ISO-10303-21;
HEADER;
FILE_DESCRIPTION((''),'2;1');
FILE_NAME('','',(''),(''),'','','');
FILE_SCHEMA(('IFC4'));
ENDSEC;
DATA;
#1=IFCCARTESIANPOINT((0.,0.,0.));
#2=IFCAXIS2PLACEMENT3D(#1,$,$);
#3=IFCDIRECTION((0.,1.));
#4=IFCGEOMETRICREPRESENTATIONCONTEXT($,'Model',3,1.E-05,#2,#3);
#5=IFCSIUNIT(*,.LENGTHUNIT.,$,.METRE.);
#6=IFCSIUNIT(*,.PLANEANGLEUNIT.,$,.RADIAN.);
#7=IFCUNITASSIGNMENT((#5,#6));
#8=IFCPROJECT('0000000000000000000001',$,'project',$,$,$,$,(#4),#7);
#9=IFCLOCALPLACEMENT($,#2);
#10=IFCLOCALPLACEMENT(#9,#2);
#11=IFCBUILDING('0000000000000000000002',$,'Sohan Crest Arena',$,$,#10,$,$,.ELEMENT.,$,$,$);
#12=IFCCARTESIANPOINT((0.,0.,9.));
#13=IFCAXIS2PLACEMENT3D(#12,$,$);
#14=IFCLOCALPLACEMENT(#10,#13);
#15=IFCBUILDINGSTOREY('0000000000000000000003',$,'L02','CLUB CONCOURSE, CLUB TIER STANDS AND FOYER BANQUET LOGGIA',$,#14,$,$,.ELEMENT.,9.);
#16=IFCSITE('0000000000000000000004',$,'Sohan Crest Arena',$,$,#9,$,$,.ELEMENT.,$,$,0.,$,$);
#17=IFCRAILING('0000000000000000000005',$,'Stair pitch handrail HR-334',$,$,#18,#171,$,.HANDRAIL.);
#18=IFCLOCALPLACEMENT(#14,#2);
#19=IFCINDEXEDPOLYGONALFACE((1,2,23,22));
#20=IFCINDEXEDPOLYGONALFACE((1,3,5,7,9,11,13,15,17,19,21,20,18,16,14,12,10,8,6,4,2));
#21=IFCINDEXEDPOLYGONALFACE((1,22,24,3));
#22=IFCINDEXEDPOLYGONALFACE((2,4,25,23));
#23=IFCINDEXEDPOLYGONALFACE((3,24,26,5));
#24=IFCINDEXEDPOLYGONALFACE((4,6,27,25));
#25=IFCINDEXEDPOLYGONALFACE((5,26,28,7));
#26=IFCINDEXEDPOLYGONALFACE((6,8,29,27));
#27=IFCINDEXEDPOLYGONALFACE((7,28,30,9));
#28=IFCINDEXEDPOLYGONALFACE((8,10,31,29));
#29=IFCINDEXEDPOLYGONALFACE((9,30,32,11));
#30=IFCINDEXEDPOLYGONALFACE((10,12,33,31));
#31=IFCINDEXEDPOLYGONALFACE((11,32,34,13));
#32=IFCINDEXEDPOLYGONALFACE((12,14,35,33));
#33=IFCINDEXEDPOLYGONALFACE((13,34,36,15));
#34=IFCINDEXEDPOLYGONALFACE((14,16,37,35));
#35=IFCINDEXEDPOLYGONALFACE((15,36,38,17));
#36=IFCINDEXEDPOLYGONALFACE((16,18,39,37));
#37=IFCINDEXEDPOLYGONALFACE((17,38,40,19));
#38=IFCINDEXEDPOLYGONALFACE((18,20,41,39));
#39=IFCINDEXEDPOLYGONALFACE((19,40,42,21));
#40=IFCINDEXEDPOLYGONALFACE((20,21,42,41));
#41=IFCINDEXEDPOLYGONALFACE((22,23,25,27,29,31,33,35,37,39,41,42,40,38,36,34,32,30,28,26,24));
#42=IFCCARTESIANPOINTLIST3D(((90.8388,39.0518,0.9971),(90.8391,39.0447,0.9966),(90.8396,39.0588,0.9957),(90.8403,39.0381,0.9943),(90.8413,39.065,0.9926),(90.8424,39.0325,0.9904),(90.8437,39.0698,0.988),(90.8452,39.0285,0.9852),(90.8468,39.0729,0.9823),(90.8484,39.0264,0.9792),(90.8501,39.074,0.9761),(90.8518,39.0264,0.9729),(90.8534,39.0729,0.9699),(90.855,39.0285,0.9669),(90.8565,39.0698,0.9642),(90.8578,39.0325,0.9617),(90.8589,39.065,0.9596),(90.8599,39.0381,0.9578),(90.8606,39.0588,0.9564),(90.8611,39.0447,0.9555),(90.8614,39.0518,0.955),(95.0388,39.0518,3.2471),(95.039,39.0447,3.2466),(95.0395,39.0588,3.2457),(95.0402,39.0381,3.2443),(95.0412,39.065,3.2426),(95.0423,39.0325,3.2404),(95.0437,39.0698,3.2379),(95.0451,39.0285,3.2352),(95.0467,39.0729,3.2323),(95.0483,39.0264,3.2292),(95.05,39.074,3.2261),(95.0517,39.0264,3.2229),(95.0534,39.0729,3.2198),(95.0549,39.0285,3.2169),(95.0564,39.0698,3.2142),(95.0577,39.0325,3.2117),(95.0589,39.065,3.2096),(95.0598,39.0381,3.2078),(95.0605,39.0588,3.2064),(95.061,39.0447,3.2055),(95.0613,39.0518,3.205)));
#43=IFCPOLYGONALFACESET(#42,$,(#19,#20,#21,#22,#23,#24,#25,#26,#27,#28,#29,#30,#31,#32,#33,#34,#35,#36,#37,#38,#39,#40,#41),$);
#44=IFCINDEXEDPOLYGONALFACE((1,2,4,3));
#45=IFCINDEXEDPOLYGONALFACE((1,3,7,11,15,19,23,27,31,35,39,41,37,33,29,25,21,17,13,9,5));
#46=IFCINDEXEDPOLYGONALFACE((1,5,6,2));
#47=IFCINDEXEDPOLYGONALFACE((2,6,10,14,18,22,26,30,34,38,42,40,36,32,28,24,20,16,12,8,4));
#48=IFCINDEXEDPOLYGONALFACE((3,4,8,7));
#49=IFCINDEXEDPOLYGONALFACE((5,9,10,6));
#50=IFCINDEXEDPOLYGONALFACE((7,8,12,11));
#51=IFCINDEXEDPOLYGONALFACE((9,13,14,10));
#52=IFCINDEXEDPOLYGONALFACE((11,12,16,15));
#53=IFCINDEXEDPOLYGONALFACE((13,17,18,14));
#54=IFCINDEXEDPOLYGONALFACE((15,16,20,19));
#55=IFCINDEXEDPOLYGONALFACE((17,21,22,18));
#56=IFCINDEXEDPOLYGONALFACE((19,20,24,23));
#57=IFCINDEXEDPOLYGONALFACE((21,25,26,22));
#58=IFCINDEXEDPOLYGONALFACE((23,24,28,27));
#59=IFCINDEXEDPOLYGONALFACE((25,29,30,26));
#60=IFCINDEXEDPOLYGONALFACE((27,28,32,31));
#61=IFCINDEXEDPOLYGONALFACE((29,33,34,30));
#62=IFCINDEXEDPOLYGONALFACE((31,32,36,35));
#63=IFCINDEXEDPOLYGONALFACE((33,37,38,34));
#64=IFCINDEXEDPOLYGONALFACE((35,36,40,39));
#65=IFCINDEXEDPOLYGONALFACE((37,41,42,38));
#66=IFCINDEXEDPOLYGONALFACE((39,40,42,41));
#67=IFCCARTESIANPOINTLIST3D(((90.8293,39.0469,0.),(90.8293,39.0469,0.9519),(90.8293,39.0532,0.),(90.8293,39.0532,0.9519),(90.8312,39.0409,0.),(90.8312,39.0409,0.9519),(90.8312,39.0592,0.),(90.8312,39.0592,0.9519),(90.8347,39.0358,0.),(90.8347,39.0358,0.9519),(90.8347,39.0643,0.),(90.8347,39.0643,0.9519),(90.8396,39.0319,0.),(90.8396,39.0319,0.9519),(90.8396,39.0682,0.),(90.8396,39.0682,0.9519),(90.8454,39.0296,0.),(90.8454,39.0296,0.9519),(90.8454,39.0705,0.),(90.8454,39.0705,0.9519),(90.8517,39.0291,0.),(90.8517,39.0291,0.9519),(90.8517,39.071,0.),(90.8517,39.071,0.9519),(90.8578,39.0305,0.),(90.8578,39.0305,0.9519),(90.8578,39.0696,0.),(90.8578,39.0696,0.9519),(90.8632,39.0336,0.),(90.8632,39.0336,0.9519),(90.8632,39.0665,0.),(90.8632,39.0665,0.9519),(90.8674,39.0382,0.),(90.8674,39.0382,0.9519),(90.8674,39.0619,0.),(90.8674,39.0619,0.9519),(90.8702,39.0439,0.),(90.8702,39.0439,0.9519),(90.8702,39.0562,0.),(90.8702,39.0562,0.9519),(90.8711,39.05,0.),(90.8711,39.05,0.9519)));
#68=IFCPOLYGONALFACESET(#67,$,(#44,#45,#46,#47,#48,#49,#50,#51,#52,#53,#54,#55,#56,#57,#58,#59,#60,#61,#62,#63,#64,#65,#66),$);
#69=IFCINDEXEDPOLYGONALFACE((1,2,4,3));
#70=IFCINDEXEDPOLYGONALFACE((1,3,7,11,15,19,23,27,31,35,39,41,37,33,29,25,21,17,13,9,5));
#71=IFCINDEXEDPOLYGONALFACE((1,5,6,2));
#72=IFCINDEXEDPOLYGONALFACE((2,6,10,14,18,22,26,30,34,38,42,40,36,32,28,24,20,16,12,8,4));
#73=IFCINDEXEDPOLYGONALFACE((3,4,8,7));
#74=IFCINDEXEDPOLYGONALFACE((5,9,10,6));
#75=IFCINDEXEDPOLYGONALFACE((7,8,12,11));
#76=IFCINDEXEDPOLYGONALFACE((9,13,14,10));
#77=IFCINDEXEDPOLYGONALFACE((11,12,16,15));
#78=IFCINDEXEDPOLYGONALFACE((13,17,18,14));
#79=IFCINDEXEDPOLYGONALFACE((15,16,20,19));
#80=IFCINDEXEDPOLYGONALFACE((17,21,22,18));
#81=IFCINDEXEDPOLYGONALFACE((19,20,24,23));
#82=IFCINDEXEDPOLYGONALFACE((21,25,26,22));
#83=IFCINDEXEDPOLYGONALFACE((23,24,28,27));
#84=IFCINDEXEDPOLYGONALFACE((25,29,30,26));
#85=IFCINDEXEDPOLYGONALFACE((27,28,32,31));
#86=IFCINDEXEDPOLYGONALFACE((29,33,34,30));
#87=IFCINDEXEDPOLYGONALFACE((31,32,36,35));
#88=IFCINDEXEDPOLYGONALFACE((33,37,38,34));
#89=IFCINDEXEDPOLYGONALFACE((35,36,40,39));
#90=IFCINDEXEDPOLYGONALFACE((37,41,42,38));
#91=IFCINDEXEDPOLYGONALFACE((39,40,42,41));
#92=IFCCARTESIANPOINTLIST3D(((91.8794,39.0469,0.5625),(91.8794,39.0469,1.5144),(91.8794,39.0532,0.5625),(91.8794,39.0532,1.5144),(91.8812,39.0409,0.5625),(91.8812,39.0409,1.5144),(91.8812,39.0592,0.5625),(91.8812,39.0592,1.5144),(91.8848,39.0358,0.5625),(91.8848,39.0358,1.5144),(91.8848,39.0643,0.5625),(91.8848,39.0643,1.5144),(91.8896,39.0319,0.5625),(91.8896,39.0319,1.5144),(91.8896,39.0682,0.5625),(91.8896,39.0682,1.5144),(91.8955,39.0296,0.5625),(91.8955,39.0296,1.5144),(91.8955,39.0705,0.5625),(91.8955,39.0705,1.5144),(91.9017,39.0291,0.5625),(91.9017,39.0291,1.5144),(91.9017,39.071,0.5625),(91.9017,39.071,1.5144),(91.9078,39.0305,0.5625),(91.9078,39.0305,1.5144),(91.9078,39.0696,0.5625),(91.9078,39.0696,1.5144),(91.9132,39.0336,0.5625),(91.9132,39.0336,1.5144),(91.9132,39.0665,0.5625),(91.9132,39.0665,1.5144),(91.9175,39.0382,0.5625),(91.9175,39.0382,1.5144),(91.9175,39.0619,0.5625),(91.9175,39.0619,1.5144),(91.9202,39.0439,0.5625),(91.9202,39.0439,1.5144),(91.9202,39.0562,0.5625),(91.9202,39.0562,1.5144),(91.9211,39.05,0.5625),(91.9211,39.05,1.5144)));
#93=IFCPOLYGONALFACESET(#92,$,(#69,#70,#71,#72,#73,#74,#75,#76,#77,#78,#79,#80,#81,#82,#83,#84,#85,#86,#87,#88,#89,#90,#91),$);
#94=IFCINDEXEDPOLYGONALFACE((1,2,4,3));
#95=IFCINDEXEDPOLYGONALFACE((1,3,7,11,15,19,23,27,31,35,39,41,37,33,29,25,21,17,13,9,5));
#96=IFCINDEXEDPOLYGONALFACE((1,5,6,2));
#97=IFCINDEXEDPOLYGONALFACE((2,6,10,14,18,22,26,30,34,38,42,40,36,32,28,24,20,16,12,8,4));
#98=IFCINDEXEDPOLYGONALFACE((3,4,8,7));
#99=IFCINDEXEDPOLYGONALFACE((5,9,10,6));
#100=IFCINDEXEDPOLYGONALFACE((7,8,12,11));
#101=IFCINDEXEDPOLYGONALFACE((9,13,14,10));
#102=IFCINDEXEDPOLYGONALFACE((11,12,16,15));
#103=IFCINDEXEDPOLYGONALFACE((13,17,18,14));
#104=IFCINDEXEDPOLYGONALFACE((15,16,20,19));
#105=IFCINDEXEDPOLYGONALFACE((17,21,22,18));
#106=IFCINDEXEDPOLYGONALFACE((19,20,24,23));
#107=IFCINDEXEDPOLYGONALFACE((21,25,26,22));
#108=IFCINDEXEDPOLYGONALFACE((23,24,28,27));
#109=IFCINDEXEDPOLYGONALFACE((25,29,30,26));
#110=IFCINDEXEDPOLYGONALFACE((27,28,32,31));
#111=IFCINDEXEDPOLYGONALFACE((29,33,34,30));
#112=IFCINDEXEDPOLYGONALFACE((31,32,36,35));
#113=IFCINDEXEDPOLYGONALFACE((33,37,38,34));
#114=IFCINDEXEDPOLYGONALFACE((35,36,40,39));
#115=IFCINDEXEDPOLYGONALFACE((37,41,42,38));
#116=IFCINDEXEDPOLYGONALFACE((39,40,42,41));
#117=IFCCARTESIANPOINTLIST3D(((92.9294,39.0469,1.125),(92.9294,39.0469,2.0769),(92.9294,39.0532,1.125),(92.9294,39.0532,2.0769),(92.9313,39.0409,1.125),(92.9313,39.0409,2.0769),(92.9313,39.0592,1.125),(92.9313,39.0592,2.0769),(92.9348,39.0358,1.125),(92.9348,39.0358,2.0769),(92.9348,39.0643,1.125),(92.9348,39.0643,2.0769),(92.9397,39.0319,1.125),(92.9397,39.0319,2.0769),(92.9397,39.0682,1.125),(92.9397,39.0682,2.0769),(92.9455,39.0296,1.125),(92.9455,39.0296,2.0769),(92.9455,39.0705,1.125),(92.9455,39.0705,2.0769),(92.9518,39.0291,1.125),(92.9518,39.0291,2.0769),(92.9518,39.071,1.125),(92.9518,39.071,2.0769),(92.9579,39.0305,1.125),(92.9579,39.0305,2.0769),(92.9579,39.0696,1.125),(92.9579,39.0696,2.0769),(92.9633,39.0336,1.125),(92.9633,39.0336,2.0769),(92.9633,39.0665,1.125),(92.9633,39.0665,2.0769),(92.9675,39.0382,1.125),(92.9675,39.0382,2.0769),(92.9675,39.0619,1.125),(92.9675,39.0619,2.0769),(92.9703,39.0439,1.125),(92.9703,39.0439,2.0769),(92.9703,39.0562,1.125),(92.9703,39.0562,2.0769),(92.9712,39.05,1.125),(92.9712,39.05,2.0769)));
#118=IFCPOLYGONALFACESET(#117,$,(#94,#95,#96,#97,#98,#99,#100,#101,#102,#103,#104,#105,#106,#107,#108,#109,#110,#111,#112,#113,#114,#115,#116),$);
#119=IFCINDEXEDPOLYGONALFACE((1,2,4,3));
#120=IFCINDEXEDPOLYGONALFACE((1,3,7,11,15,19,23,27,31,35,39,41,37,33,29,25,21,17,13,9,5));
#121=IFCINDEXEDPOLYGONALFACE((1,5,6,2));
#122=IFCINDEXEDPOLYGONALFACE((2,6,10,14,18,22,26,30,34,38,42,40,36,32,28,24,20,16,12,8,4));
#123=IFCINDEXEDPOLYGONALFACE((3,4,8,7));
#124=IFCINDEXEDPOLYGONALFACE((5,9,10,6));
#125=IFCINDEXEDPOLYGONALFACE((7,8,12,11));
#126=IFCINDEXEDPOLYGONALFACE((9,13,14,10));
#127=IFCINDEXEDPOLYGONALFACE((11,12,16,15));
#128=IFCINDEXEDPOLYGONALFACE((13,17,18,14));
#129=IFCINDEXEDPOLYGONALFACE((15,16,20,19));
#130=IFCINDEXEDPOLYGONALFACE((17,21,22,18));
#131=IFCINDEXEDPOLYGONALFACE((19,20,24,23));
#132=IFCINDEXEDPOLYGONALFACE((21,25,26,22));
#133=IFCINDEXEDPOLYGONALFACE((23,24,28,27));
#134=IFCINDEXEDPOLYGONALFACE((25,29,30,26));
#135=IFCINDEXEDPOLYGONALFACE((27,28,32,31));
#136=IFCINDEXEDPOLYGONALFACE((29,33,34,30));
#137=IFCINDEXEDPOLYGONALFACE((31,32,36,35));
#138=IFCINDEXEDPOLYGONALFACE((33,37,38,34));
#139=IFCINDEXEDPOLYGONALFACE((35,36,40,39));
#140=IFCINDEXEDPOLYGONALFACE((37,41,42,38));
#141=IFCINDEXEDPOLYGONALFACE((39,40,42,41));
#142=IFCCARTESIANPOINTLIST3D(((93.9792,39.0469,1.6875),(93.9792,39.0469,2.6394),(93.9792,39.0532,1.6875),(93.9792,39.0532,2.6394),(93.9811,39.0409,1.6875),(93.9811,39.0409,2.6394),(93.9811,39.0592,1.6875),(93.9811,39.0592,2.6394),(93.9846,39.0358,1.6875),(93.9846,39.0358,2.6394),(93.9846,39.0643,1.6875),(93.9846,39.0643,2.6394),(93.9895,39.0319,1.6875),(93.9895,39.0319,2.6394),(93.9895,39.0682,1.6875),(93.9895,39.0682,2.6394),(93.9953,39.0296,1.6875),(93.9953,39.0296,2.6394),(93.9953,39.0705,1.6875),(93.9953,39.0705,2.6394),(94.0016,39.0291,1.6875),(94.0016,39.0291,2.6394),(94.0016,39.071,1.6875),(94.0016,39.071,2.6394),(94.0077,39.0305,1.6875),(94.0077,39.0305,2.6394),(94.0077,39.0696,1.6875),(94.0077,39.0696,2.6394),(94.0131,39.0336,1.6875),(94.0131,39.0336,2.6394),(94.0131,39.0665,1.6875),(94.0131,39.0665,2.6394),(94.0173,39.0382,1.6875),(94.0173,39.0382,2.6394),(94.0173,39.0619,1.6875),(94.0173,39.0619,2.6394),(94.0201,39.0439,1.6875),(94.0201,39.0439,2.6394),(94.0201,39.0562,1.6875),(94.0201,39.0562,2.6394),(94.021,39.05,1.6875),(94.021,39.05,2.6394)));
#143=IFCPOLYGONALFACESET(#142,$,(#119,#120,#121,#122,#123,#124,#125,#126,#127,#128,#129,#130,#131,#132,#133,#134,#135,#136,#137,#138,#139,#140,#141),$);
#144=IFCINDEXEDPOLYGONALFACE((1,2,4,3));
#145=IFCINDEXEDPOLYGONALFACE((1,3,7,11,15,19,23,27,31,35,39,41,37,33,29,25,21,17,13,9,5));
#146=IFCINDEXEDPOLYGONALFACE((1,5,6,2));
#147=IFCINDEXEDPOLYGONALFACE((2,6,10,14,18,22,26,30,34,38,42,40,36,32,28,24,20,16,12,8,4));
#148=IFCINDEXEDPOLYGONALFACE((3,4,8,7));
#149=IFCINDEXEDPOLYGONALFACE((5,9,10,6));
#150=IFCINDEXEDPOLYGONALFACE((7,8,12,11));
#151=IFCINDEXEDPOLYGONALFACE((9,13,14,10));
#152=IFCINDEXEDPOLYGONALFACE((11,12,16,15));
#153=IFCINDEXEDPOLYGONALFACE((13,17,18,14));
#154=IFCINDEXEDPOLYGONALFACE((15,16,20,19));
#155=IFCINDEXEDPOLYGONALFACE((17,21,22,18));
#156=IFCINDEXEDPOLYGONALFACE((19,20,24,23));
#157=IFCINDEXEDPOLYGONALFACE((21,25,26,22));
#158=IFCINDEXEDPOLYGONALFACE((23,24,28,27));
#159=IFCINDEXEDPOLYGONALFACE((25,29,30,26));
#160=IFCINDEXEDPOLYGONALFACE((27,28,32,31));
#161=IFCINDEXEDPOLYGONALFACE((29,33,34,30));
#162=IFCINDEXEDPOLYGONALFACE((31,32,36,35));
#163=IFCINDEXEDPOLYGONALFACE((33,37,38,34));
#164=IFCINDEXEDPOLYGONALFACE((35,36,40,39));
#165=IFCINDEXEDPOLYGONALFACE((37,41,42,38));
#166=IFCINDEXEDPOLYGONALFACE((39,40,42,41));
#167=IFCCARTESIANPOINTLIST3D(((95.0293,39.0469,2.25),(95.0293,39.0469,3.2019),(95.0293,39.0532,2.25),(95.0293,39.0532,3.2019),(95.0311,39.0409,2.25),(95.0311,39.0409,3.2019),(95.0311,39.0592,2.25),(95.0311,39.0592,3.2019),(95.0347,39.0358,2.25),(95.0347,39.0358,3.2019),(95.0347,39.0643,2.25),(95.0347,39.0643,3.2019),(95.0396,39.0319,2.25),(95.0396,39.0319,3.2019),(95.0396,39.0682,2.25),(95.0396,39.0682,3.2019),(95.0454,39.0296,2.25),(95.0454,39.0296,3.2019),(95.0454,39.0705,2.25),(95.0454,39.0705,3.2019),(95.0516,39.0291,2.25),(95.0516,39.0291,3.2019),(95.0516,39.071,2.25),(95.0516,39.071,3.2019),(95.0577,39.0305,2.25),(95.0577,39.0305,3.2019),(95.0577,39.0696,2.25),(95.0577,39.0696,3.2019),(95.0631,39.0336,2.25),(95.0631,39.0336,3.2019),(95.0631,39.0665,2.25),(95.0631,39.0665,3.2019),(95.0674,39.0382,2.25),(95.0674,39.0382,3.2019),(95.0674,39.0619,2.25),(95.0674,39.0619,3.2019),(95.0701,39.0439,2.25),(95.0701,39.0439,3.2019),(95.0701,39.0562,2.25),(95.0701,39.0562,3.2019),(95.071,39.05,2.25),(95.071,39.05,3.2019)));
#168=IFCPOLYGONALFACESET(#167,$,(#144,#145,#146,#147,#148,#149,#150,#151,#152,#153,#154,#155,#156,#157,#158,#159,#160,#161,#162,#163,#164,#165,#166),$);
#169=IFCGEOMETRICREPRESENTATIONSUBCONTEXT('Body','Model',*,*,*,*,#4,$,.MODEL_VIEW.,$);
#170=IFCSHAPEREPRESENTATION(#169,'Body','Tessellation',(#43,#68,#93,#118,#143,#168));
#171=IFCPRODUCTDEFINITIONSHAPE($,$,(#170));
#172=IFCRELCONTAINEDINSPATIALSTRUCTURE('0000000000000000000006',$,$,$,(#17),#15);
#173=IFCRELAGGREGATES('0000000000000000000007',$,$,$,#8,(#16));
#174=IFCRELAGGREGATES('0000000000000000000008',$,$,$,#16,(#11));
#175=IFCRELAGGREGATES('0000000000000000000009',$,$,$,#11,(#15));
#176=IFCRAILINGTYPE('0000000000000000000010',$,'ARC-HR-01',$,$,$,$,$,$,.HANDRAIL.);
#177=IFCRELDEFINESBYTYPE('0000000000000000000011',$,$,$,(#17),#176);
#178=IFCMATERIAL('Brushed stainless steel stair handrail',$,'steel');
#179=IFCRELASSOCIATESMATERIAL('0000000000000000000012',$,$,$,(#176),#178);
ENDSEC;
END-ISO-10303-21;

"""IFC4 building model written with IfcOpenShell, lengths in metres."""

from ifc_helpers import new_model, si_unit, direction, frame, origin, origin_2d, place, context, subcontext, project, spatial, circle, extrude, material, type_object, element, save


model = new_model("IFC4")

# Units and contexts
model_context = context("Model", 3, precision=1e-05, world=origin(), true_north=direction((0.0, 1.0)))
body_context = subcontext(model_context, "Body", "Model", "MODEL_VIEW")
ifc_project = project(units=[si_unit("LENGTHUNIT", "METRE"), si_unit("PLANEANGLEUNIT", "RADIAN")], contexts=[model_context])

# Site, building, storey
site_placement = place(None, origin())
site = spatial("IfcSite", under=ifc_project, at=site_placement, Name="Sohan Crest Arena", CompositionType="ELEMENT", RefElevation=0.0)
building_placement = place(site_placement, origin())
building = spatial("IfcBuilding", under=site, at=building_placement, Name="Sohan Crest Arena", CompositionType="ELEMENT")
storey_placement = place(building_placement, frame((0.0, 0.0, 9.0)))
storey = spatial("IfcBuildingStorey", under=building, at=storey_placement, Name="L02", Description="CLUB CONCOURSE, CLUB TIER STANDS AND FOYER BANQUET LOGGIA", CompositionType="ELEMENT", Elevation=9.0)

# Railing
ifc_material_1 = material(Name="Brushed stainless steel stair handrail", Category="steel")
railing_type_1 = type_object("IfcRailingType", Name="ARC-HR-01", PredefinedType="HANDRAIL", material=ifc_material_1)
for number, where, name in (
    (1, (90.8501, 39.05, 0.0), "Stair pitch handrail HR-334"),
):
    element("IfcRailing", number, at=place(storey_placement, frame(where)), inside=storey, type_object=railing_type_1, Name=name, PredefinedType="HANDRAIL", context=body_context, shape_type="SweptSolid", body=[
        extrude(circle(Radius=0.0239, at=origin_2d()), frame((0.0, 0.0, 0.9761), z_axis=(0.881478, 0.0, 0.472226), x_axis=(0.0, 1.0, 0.0)), (0.0, 0.0, 1.0), 4.7646),
        extrude(circle(Radius=0.021, at=origin_2d()), origin(), (0.0, 0.0, 1.0), 0.9519),
        extrude(circle(Radius=0.021, at=origin_2d()), frame((1.05, 0.0, 0.5625)), (0.0, 0.0, 1.0), 0.9519),
        extrude(circle(Radius=0.021, at=origin_2d()), frame((2.1001, 0.0, 1.125)), (0.0, 0.0, 1.0), 0.9519),
        extrude(circle(Radius=0.021, at=origin_2d()), frame((3.1499, 0.0, 1.6875)), (0.0, 0.0, 1.0), 0.9519),
        extrude(circle(Radius=0.021, at=origin_2d()), frame((4.2, 0.0, 2.25)), (0.0, 0.0, 1.0), 0.9519),
    ])

save(model, "model.ifc")
